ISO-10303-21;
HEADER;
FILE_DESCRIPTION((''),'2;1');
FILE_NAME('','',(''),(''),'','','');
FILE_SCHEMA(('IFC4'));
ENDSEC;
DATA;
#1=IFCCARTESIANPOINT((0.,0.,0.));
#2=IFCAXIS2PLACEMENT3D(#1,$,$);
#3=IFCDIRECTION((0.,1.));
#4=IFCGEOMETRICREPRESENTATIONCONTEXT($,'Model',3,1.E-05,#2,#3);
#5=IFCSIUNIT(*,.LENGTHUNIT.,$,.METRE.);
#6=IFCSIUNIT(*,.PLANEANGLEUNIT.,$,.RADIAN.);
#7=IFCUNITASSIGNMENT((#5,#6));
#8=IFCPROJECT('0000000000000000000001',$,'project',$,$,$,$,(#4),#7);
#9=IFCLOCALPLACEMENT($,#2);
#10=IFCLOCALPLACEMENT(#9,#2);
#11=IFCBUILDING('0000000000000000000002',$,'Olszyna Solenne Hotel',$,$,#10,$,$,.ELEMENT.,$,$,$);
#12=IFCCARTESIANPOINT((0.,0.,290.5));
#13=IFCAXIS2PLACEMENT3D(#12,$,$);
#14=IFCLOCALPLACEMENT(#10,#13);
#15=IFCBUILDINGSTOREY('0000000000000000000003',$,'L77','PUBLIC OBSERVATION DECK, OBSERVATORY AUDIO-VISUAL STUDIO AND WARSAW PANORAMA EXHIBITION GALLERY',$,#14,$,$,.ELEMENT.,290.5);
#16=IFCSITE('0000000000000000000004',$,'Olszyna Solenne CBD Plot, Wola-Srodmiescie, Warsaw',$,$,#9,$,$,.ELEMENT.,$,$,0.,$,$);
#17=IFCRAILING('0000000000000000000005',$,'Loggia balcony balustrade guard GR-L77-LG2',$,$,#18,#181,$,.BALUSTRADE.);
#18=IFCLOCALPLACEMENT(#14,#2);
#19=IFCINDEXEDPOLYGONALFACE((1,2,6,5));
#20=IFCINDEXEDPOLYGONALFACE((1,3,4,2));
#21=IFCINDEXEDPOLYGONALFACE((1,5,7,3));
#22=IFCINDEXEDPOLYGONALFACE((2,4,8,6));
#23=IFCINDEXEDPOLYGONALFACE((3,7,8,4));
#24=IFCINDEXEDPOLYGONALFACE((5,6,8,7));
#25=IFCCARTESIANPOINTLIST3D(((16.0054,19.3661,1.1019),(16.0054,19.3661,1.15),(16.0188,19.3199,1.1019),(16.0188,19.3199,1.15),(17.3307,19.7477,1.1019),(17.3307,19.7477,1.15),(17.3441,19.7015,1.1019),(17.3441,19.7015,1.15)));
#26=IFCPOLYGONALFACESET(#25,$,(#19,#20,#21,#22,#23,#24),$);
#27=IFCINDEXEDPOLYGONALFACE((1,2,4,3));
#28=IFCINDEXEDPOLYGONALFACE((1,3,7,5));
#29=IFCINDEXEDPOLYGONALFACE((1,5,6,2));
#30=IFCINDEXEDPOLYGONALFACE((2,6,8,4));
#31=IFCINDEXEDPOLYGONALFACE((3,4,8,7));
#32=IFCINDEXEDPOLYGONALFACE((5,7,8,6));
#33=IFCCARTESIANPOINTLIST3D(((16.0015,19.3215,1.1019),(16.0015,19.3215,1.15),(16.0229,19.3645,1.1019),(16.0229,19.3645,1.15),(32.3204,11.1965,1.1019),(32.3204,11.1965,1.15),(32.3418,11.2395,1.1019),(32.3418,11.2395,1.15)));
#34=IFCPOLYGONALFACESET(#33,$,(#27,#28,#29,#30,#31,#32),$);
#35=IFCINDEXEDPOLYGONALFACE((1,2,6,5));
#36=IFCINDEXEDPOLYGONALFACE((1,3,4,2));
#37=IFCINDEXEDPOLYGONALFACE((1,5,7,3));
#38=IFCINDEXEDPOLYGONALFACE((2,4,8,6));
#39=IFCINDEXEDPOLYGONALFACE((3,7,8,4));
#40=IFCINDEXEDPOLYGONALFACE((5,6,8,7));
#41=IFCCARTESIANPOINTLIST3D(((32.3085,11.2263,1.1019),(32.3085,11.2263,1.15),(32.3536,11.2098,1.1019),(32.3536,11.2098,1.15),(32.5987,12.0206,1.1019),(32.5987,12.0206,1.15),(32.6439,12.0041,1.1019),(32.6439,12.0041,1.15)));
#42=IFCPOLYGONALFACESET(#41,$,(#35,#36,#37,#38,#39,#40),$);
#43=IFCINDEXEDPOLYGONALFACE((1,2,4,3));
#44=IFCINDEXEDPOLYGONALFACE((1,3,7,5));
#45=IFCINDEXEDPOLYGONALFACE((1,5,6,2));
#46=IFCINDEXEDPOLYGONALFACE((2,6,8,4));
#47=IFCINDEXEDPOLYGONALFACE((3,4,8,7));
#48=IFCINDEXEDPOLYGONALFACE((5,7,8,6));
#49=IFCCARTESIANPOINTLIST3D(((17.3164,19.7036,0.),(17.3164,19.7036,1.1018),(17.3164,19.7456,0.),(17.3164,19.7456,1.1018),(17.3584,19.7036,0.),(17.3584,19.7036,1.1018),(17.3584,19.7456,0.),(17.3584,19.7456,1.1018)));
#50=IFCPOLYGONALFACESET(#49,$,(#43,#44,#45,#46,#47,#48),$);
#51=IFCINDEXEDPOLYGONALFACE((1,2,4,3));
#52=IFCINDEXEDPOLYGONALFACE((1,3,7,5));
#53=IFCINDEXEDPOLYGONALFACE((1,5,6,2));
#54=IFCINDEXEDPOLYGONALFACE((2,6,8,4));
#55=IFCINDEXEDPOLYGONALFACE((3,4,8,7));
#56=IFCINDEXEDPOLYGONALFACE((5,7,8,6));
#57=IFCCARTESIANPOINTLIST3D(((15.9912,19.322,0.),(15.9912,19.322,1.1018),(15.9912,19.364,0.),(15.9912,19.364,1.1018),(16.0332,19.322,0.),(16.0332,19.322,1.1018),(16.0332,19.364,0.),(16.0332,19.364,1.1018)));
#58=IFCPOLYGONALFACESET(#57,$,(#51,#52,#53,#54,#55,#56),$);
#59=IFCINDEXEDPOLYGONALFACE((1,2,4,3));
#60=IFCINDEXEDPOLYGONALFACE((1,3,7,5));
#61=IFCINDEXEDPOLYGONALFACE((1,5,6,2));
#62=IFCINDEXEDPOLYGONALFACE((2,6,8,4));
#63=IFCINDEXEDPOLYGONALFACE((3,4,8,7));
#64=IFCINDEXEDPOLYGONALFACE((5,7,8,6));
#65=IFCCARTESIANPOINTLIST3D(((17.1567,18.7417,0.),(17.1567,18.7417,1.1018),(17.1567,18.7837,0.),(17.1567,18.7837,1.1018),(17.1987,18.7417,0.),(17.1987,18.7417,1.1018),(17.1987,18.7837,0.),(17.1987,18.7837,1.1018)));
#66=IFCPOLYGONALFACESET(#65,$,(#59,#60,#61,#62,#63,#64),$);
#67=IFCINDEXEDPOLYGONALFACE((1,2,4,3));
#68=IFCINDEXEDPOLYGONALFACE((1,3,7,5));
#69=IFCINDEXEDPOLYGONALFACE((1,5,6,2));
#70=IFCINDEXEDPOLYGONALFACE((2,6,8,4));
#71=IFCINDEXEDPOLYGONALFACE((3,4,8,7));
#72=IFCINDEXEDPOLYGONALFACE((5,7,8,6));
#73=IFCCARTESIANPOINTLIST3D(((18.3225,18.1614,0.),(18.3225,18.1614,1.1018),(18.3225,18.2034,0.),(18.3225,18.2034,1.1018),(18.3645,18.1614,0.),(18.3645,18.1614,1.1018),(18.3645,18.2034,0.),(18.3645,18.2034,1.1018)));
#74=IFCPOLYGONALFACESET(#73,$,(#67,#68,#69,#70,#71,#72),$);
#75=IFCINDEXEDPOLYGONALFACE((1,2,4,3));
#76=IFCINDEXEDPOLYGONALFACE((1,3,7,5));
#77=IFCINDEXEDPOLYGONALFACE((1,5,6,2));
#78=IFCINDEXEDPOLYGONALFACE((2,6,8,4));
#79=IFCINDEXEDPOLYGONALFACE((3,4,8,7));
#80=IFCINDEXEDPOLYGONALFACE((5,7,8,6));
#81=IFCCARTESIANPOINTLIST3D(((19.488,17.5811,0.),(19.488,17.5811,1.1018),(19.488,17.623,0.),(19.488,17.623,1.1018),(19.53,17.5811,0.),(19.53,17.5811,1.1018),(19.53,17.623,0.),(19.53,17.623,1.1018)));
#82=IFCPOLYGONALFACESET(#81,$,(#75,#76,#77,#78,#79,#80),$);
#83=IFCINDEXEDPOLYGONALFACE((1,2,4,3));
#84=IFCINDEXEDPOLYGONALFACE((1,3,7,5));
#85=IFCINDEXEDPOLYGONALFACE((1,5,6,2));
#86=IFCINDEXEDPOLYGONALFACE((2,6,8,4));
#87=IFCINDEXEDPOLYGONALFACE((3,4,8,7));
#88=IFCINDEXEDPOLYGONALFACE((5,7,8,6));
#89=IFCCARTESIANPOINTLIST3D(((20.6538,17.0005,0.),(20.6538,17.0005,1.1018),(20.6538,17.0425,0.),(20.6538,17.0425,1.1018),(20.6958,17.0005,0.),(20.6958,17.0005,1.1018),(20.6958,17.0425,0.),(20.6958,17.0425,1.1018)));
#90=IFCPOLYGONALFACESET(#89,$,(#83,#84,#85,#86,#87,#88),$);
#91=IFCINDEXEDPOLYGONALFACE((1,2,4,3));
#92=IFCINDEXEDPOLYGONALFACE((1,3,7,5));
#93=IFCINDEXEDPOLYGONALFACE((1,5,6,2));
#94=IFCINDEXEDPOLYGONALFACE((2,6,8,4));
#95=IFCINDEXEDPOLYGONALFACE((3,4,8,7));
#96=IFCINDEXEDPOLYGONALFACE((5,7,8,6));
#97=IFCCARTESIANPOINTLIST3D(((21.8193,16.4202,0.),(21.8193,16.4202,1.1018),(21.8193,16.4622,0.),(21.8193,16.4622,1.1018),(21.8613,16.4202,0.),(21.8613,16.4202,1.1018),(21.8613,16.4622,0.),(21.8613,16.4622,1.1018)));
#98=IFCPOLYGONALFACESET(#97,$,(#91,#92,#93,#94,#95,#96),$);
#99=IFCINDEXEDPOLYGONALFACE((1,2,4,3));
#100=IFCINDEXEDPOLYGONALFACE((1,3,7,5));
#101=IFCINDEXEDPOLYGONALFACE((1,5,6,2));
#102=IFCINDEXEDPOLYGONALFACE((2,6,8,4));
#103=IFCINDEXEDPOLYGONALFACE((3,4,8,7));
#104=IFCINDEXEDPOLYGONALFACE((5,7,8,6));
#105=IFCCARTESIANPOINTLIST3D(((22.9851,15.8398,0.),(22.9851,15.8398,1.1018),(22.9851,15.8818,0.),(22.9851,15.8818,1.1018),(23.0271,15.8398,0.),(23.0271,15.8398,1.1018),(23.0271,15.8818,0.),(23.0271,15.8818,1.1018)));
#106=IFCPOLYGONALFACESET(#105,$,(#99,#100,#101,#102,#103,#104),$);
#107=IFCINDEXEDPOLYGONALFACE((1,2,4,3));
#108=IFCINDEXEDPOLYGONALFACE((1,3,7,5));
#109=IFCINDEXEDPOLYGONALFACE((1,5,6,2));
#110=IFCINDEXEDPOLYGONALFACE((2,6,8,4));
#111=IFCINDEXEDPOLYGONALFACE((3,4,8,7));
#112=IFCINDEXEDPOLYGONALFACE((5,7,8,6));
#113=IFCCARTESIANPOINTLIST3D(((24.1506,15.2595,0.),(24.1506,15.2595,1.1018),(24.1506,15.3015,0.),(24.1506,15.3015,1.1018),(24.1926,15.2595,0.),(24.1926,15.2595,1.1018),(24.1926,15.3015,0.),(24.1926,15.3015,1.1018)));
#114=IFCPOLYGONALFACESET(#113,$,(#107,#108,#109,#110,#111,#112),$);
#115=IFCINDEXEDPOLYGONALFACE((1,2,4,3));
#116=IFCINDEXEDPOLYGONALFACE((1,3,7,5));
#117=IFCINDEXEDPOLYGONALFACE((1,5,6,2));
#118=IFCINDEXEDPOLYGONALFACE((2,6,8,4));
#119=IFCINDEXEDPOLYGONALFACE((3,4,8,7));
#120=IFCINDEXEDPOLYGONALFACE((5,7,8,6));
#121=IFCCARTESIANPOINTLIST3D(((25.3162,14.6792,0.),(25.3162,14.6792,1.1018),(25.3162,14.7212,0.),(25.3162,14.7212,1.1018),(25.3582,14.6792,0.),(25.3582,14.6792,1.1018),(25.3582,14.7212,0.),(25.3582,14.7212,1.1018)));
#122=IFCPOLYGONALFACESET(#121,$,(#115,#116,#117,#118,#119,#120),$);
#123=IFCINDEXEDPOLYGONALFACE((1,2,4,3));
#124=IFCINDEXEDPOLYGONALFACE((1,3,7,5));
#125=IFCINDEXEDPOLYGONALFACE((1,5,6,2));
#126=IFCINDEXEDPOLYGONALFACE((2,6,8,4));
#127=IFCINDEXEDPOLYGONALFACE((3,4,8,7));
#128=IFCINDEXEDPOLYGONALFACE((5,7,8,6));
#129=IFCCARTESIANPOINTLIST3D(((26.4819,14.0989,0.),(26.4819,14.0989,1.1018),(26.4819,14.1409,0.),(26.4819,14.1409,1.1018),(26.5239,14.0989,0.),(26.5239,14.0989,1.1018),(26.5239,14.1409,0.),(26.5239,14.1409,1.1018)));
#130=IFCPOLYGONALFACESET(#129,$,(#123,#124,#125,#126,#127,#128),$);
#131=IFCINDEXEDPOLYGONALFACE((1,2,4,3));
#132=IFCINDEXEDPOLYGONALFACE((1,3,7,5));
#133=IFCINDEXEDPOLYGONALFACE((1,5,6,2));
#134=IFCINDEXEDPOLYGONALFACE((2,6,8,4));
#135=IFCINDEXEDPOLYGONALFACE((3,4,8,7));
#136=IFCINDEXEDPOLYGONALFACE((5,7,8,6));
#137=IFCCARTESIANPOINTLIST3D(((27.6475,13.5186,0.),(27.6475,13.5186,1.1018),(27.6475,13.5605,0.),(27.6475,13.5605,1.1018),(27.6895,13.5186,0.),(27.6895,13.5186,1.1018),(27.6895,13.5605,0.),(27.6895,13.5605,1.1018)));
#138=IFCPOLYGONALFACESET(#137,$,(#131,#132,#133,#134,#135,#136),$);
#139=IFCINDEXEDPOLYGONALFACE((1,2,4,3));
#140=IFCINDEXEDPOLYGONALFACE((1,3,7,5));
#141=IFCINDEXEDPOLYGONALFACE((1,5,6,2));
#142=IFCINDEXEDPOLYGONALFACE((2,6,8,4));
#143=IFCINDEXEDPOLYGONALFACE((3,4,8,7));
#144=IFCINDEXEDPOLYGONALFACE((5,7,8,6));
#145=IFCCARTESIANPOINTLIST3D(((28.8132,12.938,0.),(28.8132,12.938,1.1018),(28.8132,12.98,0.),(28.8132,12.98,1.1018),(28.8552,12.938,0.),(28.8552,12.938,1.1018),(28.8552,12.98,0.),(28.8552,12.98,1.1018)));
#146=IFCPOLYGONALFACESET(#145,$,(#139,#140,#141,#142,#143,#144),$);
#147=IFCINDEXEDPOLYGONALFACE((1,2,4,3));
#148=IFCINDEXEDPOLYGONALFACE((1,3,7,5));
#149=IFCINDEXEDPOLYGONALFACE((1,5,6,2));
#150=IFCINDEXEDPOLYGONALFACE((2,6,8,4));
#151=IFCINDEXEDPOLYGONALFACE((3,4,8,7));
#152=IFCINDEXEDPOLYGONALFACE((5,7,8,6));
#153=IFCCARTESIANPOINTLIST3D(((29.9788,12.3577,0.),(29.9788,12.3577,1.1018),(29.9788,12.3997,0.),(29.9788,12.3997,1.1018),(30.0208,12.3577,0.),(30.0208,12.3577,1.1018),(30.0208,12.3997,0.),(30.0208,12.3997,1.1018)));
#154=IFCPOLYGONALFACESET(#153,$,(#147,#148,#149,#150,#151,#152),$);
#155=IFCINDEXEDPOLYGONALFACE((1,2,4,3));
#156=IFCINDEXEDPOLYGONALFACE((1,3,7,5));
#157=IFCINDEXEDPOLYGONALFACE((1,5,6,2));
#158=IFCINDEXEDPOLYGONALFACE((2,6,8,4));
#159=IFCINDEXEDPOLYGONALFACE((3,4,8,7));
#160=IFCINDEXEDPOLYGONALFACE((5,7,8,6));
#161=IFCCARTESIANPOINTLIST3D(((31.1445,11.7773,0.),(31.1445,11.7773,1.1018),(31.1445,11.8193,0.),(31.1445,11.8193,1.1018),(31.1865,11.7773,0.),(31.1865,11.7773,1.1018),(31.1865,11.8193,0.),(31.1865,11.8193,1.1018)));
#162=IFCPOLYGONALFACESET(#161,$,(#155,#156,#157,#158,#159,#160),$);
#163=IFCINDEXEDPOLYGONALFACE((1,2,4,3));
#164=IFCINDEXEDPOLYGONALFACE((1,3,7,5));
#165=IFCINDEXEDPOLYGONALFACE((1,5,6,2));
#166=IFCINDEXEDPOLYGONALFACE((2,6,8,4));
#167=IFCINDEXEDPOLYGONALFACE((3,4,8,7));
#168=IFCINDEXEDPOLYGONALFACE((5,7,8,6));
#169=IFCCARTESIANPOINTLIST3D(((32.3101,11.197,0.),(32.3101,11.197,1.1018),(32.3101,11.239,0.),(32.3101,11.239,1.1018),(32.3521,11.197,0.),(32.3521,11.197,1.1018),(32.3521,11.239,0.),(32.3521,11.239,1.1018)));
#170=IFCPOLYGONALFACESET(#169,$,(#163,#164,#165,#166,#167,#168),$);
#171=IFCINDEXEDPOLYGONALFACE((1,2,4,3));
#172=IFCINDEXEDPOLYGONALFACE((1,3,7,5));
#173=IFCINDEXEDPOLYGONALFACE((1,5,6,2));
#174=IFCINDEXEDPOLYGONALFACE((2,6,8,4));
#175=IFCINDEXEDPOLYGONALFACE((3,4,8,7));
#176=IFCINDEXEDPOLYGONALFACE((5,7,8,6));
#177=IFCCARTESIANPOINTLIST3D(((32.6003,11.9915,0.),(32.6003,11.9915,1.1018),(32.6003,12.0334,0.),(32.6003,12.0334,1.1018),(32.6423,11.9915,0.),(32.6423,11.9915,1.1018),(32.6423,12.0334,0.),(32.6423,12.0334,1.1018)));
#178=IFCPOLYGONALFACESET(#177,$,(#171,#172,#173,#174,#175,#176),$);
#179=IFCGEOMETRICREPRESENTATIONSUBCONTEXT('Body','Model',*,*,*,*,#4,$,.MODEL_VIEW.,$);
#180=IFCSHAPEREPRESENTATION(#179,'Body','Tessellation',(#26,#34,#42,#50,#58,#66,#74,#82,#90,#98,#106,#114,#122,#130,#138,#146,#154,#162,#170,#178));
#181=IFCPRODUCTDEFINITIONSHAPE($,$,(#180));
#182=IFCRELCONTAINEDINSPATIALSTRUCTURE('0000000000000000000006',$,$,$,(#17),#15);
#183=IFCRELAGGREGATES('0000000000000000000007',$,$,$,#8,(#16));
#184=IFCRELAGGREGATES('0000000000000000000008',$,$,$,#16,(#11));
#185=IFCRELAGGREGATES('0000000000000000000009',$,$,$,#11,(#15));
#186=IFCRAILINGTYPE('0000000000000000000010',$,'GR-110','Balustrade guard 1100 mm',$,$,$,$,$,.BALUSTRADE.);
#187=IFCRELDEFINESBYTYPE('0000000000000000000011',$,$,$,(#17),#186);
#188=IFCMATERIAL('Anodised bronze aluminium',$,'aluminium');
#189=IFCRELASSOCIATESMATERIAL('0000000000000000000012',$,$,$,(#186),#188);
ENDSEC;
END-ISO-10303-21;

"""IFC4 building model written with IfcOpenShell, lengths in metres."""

from ifc_helpers import new_model, si_unit, direction, frame, origin, origin_2d, place, context, subcontext, project, spatial, rectangle, extrude, material, type_object, element, save


model = new_model("IFC4")

# Units and contexts
model_context = context("Model", 3, precision=1e-05, world=origin(), true_north=direction((0.0, 1.0)))
body_context = subcontext(model_context, "Body", "Model", "MODEL_VIEW")
ifc_project = project(units=[si_unit("LENGTHUNIT", "METRE"), si_unit("PLANEANGLEUNIT", "RADIAN")], contexts=[model_context])

# Site, building, storey
site_placement = place(None, origin())
site = spatial("IfcSite", under=ifc_project, at=site_placement, Name="Olszyna Solenne CBD Plot, Wola-Srodmiescie, Warsaw", CompositionType="ELEMENT", RefElevation=0.0)
building_placement = place(site_placement, origin())
building = spatial("IfcBuilding", under=site, at=building_placement, Name="Olszyna Solenne Hotel", CompositionType="ELEMENT")
storey_placement = place(building_placement, frame((0.0, 0.0, 290.5)))
storey = spatial("IfcBuildingStorey", under=building, at=storey_placement, Name="L77", Description="PUBLIC OBSERVATION DECK, OBSERVATORY AUDIO-VISUAL STUDIO AND WARSAW PANORAMA EXHIBITION GALLERY", CompositionType="ELEMENT", Elevation=290.5)

# Shared definitions
ifc_material_1 = material(Name="Anodised bronze aluminium", Category="aluminium")

# Railing
railing_type = type_object("IfcRailingType", Name="GR-110", Description="Balustrade guard 1100 mm", PredefinedType="BALUSTRADE", material=ifc_material_1)
railing_placement = place(storey_placement, frame((17.3374, 19.7246, 0.0)))
element("IfcRailing", 1, at=railing_placement, inside=storey, type_object=railing_type, Name="Loggia balcony balustrade guard GR-L77-LG2", PredefinedType="BALUSTRADE", context=body_context, shape_type="SweptSolid", body=[
    extrude(rectangle(XDim=0.0481, YDim=0.0481, at=origin_2d()), frame((0.0, 0.0, 1.126), z_axis=(-0.960954, -0.276708, 0.0), x_axis=(0.276708, -0.960954, 0.0)), (0.0, 0.0, 1.0), 1.3792),
    extrude(rectangle(XDim=0.0481, YDim=0.0481, at=origin_2d()), frame((-1.3252, -0.3816, 1.126), z_axis=(0.895181, -0.445702, 0.0), x_axis=(0.445702, 0.895181, 0.0)), (0.0, 0.0, 1.0), 18.2297),
    extrude(rectangle(XDim=0.0481, YDim=0.0481, at=origin_2d()), frame((14.9937, -8.5066, 1.126), z_axis=(0.343203, 0.939261, 0.0), x_axis=(-0.939261, 0.343203, 0.0)), (0.0, 0.0, 1.0), 0.8457),
    extrude(rectangle(XDim=0.042, YDim=0.042, at=origin_2d()), origin(), (0.0, 0.0, 1.0), 1.1018),
    extrude(rectangle(XDim=0.042, YDim=0.042, at=origin_2d()), frame((-1.3252, -0.3816, 0.0)), (0.0, 0.0, 1.0), 1.1018),
    extrude(rectangle(XDim=0.042, YDim=0.042, at=origin_2d()), frame((-0.1597, -0.9619, 0.0)), (0.0, 0.0, 1.0), 1.1018),
    extrude(rectangle(XDim=0.042, YDim=0.042, at=origin_2d()), frame((1.0061, -1.5422, 0.0)), (0.0, 0.0, 1.0), 1.1018),
    extrude(rectangle(XDim=0.042, YDim=0.042, at=origin_2d()), frame((2.1716, -2.1226, 0.0)), (0.0, 0.0, 1.0), 1.1018),
    extrude(rectangle(XDim=0.042, YDim=0.042, at=origin_2d()), frame((3.3374, -2.7031, 0.0)), (0.0, 0.0, 1.0), 1.1018),
    extrude(rectangle(XDim=0.042, YDim=0.042, at=origin_2d()), frame((4.5029, -3.2834, 0.0)), (0.0, 0.0, 1.0), 1.1018),
    extrude(rectangle(XDim=0.042, YDim=0.042, at=origin_2d()), frame((5.6687, -3.8638, 0.0)), (0.0, 0.0, 1.0), 1.1018),
    extrude(rectangle(XDim=0.042, YDim=0.042, at=origin_2d()), frame((6.8342, -4.4441, 0.0)), (0.0, 0.0, 1.0), 1.1018),
    extrude(rectangle(XDim=0.042, YDim=0.042, at=origin_2d()), frame((7.9998, -5.0244, 0.0)), (0.0, 0.0, 1.0), 1.1018),
    extrude(rectangle(XDim=0.042, YDim=0.042, at=origin_2d()), frame((9.1655, -5.6047, 0.0)), (0.0, 0.0, 1.0), 1.1018),
    extrude(rectangle(XDim=0.042, YDim=0.042, at=origin_2d()), frame((10.3311, -6.1851, 0.0)), (0.0, 0.0, 1.0), 1.1018),
    extrude(rectangle(XDim=0.042, YDim=0.042, at=origin_2d()), frame((11.4968, -6.7656, 0.0)), (0.0, 0.0, 1.0), 1.1018),
    extrude(rectangle(XDim=0.042, YDim=0.042, at=origin_2d()), frame((12.6624, -7.3459, 0.0)), (0.0, 0.0, 1.0), 1.1018),
    extrude(rectangle(XDim=0.042, YDim=0.042, at=origin_2d()), frame((13.8281, -7.9263, 0.0)), (0.0, 0.0, 1.0), 1.1018),
    extrude(rectangle(XDim=0.042, YDim=0.042, at=origin_2d()), frame((14.9937, -8.5066, 0.0)), (0.0, 0.0, 1.0), 1.1018),
    extrude(rectangle(XDim=0.042, YDim=0.042, at=origin_2d()), frame((15.2839, -7.7122, 0.0)), (0.0, 0.0, 1.0), 1.1018),
])

save(model, "model.ifc")
